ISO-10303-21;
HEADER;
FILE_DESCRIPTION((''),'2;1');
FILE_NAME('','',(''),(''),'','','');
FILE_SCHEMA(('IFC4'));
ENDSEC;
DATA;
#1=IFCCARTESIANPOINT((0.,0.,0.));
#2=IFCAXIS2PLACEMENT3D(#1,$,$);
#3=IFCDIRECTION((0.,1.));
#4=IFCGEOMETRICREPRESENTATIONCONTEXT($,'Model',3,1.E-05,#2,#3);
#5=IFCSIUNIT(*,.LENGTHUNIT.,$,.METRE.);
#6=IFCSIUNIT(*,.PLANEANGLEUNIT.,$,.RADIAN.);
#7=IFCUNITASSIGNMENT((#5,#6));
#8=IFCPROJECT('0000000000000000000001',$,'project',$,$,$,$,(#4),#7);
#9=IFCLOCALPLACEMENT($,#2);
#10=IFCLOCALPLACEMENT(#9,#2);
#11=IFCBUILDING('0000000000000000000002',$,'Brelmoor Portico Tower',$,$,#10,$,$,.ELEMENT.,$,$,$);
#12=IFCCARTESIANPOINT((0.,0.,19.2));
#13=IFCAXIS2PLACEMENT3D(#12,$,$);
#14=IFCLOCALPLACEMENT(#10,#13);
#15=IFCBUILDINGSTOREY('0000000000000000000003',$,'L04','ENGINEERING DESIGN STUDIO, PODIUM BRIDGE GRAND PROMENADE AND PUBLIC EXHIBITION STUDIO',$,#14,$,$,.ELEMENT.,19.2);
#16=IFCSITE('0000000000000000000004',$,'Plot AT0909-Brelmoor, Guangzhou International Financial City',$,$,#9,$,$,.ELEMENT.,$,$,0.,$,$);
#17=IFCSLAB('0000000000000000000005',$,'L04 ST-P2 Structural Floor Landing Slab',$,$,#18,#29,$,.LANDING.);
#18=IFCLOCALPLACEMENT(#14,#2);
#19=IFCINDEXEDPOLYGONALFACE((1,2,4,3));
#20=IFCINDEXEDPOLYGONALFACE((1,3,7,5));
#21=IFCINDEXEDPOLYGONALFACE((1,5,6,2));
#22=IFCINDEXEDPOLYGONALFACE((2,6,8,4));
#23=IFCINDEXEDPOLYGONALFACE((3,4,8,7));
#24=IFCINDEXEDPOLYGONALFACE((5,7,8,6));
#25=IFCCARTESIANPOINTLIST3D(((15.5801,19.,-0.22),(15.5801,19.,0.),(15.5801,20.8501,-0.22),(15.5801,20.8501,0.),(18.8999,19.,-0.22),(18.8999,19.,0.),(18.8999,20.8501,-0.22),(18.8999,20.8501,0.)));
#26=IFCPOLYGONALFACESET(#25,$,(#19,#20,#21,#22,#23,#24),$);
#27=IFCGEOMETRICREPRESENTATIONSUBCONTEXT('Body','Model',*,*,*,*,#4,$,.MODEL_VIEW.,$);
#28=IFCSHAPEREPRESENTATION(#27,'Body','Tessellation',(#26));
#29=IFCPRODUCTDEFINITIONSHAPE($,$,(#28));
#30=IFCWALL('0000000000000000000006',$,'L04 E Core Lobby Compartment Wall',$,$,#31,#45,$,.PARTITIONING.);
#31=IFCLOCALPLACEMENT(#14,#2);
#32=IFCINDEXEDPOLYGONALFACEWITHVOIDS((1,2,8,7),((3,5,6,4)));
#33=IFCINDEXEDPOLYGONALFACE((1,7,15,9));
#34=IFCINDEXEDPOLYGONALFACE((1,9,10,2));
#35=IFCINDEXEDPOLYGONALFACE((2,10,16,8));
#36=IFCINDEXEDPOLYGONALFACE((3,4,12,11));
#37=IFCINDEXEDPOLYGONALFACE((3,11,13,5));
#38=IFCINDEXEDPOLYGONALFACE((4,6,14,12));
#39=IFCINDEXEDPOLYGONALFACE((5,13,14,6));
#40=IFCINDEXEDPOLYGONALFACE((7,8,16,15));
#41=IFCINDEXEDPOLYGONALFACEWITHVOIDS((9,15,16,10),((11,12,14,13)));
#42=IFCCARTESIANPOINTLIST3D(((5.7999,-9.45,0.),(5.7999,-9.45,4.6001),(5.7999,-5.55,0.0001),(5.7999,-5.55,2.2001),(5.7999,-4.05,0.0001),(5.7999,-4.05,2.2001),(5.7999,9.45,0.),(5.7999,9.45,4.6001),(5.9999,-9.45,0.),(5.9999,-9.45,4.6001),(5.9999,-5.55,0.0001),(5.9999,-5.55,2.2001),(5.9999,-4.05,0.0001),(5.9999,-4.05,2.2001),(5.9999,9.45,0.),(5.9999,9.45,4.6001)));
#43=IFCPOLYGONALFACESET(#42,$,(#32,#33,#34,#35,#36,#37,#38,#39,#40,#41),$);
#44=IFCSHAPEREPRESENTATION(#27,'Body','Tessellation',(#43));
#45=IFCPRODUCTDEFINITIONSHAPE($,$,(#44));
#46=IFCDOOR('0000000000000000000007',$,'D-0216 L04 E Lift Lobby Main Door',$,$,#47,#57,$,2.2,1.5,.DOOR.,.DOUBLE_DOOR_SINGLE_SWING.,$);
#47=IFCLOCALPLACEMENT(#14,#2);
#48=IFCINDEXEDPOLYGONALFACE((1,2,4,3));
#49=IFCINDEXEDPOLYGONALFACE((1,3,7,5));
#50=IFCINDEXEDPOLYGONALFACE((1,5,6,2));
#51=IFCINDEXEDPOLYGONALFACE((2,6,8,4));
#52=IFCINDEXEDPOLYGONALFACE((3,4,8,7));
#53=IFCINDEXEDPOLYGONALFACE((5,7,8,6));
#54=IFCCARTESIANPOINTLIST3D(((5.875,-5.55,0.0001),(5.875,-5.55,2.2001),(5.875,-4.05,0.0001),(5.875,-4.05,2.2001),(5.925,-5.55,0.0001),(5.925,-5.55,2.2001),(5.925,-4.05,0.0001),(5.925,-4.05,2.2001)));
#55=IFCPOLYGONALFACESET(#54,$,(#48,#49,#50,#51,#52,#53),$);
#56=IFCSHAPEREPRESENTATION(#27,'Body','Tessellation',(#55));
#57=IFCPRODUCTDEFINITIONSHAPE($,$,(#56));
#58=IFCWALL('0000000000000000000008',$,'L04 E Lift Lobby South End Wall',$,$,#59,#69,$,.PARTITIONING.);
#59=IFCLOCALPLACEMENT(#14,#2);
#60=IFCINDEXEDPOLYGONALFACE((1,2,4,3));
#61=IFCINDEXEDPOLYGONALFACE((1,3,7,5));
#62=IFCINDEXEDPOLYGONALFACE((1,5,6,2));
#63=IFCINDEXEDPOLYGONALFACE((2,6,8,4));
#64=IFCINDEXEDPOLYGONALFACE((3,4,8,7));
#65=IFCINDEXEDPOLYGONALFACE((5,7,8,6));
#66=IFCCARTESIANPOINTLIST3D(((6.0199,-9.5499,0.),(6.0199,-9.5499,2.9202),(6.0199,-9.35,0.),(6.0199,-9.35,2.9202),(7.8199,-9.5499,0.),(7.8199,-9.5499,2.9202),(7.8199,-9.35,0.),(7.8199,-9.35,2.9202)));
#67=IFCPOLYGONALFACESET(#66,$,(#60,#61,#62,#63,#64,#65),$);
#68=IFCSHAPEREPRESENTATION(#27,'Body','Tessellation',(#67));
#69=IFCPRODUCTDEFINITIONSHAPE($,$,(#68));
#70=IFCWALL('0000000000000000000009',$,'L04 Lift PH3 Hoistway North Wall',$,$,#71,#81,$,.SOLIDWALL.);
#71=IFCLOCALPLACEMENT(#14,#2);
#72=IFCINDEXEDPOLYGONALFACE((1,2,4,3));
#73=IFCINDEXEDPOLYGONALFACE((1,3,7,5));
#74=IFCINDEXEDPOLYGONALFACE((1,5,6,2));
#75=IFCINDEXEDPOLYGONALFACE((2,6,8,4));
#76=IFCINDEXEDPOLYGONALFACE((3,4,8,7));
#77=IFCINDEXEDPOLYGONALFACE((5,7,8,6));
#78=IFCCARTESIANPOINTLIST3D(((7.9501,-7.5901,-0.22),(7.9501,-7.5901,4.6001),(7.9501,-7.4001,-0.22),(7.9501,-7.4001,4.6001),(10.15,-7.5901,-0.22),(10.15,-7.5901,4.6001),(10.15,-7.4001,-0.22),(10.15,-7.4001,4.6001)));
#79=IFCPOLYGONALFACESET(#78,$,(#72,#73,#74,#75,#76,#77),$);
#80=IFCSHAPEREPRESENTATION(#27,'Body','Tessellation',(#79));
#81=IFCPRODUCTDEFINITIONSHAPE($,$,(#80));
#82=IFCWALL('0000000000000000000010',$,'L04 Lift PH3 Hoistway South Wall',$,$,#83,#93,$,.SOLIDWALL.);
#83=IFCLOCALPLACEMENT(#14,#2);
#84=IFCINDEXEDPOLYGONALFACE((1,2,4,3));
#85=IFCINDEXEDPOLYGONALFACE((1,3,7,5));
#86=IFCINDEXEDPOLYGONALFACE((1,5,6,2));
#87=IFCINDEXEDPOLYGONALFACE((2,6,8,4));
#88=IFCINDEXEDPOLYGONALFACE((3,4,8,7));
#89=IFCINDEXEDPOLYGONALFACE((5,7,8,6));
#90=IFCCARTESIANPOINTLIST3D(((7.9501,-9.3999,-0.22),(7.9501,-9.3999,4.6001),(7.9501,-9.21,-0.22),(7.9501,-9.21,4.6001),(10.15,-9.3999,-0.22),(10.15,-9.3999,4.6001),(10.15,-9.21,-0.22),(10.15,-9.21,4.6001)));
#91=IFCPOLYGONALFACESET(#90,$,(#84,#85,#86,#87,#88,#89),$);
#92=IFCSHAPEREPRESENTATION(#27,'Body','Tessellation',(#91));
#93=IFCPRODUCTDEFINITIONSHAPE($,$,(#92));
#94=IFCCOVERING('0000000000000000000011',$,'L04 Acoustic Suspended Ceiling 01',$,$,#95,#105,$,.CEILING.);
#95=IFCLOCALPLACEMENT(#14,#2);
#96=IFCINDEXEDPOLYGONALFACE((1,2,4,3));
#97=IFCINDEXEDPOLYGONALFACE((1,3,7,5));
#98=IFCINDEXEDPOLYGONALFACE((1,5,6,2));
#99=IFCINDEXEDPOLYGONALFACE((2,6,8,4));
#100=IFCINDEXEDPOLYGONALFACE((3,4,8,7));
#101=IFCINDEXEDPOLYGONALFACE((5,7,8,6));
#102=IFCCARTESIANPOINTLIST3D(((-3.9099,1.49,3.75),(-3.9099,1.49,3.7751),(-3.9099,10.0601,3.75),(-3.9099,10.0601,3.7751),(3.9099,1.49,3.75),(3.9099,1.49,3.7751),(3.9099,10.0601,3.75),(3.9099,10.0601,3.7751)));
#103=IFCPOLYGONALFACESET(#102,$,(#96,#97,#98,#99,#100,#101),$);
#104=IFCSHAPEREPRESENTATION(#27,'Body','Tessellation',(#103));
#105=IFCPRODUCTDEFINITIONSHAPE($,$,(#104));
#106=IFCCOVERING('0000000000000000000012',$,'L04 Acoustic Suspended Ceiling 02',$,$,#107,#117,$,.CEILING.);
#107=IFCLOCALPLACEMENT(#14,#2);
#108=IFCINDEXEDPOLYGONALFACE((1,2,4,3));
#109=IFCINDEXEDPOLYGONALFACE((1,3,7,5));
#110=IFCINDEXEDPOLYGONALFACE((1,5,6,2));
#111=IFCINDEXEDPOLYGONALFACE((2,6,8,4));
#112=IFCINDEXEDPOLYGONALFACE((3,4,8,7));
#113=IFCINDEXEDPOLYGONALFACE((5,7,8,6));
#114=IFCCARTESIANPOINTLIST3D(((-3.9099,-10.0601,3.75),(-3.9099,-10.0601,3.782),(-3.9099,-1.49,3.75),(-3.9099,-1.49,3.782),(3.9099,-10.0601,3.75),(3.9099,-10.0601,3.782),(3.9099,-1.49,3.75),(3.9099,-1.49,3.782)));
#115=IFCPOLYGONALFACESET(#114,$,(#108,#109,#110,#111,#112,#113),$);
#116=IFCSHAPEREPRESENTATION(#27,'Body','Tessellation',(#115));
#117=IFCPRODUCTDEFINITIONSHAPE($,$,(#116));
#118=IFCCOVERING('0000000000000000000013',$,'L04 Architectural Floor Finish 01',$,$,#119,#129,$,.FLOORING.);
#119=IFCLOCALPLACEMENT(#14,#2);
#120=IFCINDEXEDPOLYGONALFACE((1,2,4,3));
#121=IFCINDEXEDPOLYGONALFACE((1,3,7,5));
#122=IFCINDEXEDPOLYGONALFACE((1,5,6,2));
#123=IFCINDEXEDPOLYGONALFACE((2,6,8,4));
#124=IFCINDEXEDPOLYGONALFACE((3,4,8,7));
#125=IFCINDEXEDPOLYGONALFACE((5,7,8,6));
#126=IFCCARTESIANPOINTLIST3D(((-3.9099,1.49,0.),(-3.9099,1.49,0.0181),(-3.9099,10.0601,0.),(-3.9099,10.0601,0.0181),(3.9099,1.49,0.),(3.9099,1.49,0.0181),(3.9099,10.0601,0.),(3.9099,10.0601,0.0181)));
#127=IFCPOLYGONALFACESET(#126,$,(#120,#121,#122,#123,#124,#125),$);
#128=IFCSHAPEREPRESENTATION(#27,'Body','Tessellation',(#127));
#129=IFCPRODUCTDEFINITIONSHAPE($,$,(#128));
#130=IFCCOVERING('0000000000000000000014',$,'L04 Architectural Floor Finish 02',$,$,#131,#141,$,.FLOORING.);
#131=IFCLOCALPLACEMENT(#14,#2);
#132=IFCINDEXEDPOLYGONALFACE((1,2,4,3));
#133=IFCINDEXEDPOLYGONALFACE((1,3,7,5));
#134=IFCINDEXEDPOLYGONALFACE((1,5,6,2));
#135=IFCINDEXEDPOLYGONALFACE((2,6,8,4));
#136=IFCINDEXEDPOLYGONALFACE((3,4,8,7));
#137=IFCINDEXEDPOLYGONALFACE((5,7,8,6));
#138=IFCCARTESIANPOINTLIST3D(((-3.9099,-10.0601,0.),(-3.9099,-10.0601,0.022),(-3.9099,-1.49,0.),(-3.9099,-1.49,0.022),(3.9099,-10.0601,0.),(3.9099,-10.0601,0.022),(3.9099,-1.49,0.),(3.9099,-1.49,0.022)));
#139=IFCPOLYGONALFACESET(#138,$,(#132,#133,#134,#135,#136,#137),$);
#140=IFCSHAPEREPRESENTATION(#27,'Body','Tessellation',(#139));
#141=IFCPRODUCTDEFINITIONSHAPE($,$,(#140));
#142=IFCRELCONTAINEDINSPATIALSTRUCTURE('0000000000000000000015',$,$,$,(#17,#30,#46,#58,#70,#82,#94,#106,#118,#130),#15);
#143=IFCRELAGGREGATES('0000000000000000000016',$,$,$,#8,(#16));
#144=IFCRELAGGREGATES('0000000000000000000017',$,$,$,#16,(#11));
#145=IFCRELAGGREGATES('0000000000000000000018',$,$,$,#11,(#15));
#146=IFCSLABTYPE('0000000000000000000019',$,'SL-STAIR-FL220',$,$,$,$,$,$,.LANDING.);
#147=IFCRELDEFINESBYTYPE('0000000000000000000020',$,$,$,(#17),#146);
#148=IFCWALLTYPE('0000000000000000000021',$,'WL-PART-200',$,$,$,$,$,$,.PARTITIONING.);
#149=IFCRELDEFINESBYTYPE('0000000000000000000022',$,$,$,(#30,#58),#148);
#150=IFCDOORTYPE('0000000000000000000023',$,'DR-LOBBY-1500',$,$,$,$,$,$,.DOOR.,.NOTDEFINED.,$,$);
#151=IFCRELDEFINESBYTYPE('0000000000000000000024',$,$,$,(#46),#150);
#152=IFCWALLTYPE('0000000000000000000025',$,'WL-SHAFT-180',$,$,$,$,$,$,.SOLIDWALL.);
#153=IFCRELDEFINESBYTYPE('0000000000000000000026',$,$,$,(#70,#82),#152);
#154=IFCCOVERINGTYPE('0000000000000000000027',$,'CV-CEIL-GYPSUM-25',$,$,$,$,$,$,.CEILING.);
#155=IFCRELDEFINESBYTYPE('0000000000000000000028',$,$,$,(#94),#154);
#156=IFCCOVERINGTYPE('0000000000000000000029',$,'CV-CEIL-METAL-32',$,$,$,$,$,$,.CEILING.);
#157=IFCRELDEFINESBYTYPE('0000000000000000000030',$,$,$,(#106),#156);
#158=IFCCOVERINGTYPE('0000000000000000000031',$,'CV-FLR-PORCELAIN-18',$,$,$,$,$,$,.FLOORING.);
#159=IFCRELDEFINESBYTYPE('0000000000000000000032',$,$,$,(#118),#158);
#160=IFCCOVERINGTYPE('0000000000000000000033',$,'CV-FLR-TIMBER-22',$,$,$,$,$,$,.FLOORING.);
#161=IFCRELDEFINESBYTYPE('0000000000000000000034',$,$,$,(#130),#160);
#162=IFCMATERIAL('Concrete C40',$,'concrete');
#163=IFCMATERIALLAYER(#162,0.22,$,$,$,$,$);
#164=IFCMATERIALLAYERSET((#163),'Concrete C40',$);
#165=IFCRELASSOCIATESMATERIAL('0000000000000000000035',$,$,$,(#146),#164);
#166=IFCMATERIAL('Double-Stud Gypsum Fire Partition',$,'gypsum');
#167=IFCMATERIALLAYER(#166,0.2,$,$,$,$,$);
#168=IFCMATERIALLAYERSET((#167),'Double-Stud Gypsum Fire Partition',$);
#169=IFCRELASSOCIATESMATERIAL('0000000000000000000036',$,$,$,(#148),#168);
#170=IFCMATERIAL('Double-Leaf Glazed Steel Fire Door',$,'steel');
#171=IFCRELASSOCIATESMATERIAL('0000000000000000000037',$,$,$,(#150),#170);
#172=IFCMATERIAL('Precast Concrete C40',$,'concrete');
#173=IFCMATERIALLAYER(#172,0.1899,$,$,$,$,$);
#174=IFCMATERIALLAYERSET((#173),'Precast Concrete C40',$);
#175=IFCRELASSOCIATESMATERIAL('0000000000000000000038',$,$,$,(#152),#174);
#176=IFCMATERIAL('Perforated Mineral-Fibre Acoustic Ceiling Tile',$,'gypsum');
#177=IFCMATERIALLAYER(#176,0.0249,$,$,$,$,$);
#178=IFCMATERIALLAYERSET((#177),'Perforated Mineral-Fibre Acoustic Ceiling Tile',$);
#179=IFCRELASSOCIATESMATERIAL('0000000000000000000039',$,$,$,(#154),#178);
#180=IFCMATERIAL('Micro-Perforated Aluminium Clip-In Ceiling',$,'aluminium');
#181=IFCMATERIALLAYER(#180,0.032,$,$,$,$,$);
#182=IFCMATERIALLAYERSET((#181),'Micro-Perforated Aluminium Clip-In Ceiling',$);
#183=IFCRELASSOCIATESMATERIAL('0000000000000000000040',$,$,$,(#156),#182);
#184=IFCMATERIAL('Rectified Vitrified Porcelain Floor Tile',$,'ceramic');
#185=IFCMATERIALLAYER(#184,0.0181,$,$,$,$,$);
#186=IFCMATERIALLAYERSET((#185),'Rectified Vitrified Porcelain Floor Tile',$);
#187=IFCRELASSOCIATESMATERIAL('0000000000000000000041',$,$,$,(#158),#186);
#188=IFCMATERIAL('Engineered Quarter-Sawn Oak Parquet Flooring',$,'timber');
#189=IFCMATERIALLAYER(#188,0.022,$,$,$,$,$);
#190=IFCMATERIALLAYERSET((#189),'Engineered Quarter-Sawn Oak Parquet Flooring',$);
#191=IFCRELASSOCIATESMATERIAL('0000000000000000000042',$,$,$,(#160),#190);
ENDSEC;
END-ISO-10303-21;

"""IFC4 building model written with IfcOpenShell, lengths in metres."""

from ifc_helpers import new_model, si_unit, direction, frame, frame_2d, origin, place, context, subcontext, project, spatial, polyline, rectangle, outline, extrude, material, layer, layer_set, type_object, element, fill, save


model = new_model("IFC4")

# Units and contexts
model_context = context("Model", 3, precision=1e-05, world=origin(), true_north=direction((0.0, 1.0)))
body_context = subcontext(model_context, "Body", "Model", "MODEL_VIEW")
ifc_project = project(units=[si_unit("LENGTHUNIT", "METRE"), si_unit("PLANEANGLEUNIT", "RADIAN")], contexts=[model_context])

# Site, building, storey
site_placement = place(None, origin())
site = spatial("IfcSite", under=ifc_project, at=site_placement, Name="Plot AT0909-Brelmoor, Guangzhou International Financial City", CompositionType="ELEMENT", RefElevation=0.0)
building_placement = place(site_placement, origin())
building = spatial("IfcBuilding", under=site, at=building_placement, Name="Brelmoor Portico Tower", CompositionType="ELEMENT")
storey_placement = place(building_placement, frame((0.0, 0.0, 19.2)))
storey = spatial("IfcBuildingStorey", under=building, at=storey_placement, Name="L04", Description="ENGINEERING DESIGN STUDIO, PODIUM BRIDGE GRAND PROMENADE AND PUBLIC EXHIBITION STUDIO", CompositionType="ELEMENT", Elevation=19.2)

# Shared definitions
ifc_material_1 = material(Name="Concrete C40", Category="concrete")

# Slab
ifc_layer_1 = layer(ifc_material_1, 0.22)
ifc_layer_set_1 = layer_set([ifc_layer_1], Name="Concrete C40")
slab_type_1 = type_object("IfcSlabType", Name="SL-STAIR-FL220", PredefinedType="LANDING", material=ifc_layer_set_1)
slab_1_placement = place(storey_placement, frame((0.0, 0.0, -0.22)))
element("IfcSlab", 1, at=slab_1_placement, inside=storey, type_object=slab_type_1, Name="L04 ST-P2 Structural Floor Landing Slab", PredefinedType="LANDING", context=body_context, shape_type="SweptSolid", body=[
    extrude(outline(polyline([(18.8999, 19.0), (18.8999, 20.8501), (15.5801, 20.8501), (15.5801, 19.0), (18.8999, 19.0)])), origin(), (0.0, 0.0, 1.0), 0.22),
])

# Wall, opening, door
ifc_material_2 = material(Name="Double-Stud Gypsum Fire Partition", Category="gypsum")
ifc_layer_2 = layer(ifc_material_2, 0.2)
ifc_layer_set_2 = layer_set([ifc_layer_2], Name="Double-Stud Gypsum Fire Partition")
wall_type_1 = type_object("IfcWallType", Name="WL-PART-200", PredefinedType="PARTITIONING", material=ifc_layer_set_2)
wall_1_placement = place(storey_placement, frame((5.8999, -9.45, 0.0), z_axis=(0.0, 0.0, 1.0), x_axis=(0.0, 1.0, 0.0)))
wall_1 = element("IfcWall", 2, at=wall_1_placement, inside=storey, type_object=wall_type_1, Name="L04 E Core Lobby Compartment Wall", PredefinedType="PARTITIONING", context=body_context, shape_type="SweptSolid", body=[
    extrude(rectangle(XDim=18.8999, YDim=0.2, at=frame_2d((9.45, 0.0))), origin(), (0.0, 0.0, 1.0), 4.6001),
])
opening_placement = place(wall_1_placement, frame((3.8999, 0.0, 0.0)))
opening = element("IfcOpeningElement", 3, at=opening_placement, cuts=wall_1, PredefinedType="OPENING", context=body_context, shape_type="SweptSolid", body=[
    extrude(rectangle(XDim=1.5, YDim=2.2, at=frame_2d((0.75, 1.1001))), frame((0.0, 0.1099, 0.0), z_axis=(0.0, -1.0, 0.0), x_axis=(1.0, 0.0, 0.0)), (0.0, 0.0, 1.0), 0.22),
])
ifc_material_3 = material(Name="Double-Leaf Glazed Steel Fire Door", Category="steel")
door_type = type_object("IfcDoorType", Name="DR-LOBBY-1500", OperationType="NOTDEFINED", PredefinedType="DOOR", material=ifc_material_3)
door_placement = place(opening_placement, origin())
door = element("IfcDoor", 4, at=door_placement, inside=storey, type_object=door_type, Name="D-0216 L04 E Lift Lobby Main Door", OperationType="DOUBLE_DOOR_SINGLE_SWING", OverallHeight=2.2, OverallWidth=1.5, PredefinedType="DOOR", context=body_context, shape_type="SweptSolid", body=[
    extrude(rectangle(XDim=1.5, YDim=2.2, at=frame_2d((0.75, 1.1001))), frame((0.0, 0.0249, 0.0), z_axis=(0.0, -1.0, 0.0), x_axis=(1.0, 0.0, 0.0)), (0.0, 0.0, 1.0), 0.05),
])
fill(opening, door)

# Walls
wall_2_placement = place(storey_placement, frame((6.02, -9.45, 0.0), z_axis=(0.0, 0.0, 1.0), x_axis=(1.0, 0.0, 0.0)))
element("IfcWall", 5, at=wall_2_placement, inside=storey, type_object=wall_type_1, Name="L04 E Lift Lobby South End Wall", PredefinedType="PARTITIONING", context=body_context, shape_type="SweptSolid", body=[
    extrude(rectangle(XDim=1.8, YDim=0.2, at=frame_2d((0.8999, 0.0))), origin(), (0.0, 0.0, 1.0), 2.9202),
])
ifc_material_4 = material(Name="Precast Concrete C40", Category="concrete")
ifc_layer_3 = layer(ifc_material_4, 0.1899)
ifc_layer_set_3 = layer_set([ifc_layer_3], Name="Precast Concrete C40")
wall_type_2 = type_object("IfcWallType", Name="WL-SHAFT-180", PredefinedType="SOLIDWALL", material=ifc_layer_set_3)
for number, where, z_axis, x_axis, name in (
    (6, (7.95, -7.4951, -0.22), (0.0, 0.0, 1.0), (1.0, 0.0, 0.0), "L04 Lift PH3 Hoistway North Wall"),
    (7, (7.95, -9.3049, -0.22), (0.0, 0.0, 1.0), (1.0, 0.0, 0.0), "L04 Lift PH3 Hoistway South Wall"),
):
    element("IfcWall", number, at=place(storey_placement, frame(where, z_axis=z_axis, x_axis=x_axis)), inside=storey, type_object=wall_type_2, Name=name, PredefinedType="SOLIDWALL", context=body_context, shape_type="SweptSolid", body=[
        extrude(rectangle(XDim=2.2, YDim=0.1899, at=frame_2d((1.1001, 0.0))), origin(), (0.0, 0.0, 1.0), 4.8201),
    ])

# Coverings
ifc_material_5 = material(Name="Perforated Mineral-Fibre Acoustic Ceiling Tile", Category="gypsum")
ifc_layer_4 = layer(ifc_material_5, 0.0249)
ifc_layer_set_4 = layer_set([ifc_layer_4], Name="Perforated Mineral-Fibre Acoustic Ceiling Tile")
covering_type_1 = type_object("IfcCoveringType", Name="CV-CEIL-GYPSUM-25", PredefinedType="CEILING", material=ifc_layer_set_4)
covering_1_placement = place(storey_placement, frame((0.0, 0.0, 3.75)))
element("IfcCovering", 8, at=covering_1_placement, inside=storey, type_object=covering_type_1, Name="L04 Acoustic Suspended Ceiling 01", PredefinedType="CEILING", context=body_context, shape_type="SweptSolid", body=[
    extrude(outline(polyline([(-3.9099, 1.49), (-3.9099, 10.0601), (3.9099, 10.0601), (3.9099, 1.49), (-3.9099, 1.49)])), origin(), (0.0, 0.0, 1.0), 0.0251),
])
ifc_material_6 = material(Name="Micro-Perforated Aluminium Clip-In Ceiling", Category="aluminium")
ifc_layer_5 = layer(ifc_material_6, 0.032)
ifc_layer_set_5 = layer_set([ifc_layer_5], Name="Micro-Perforated Aluminium Clip-In Ceiling")
covering_type_2 = type_object("IfcCoveringType", Name="CV-CEIL-METAL-32", PredefinedType="CEILING", material=ifc_layer_set_5)
covering_2_placement = place(storey_placement, frame((0.0, 0.0, 3.75)))
element("IfcCovering", 9, at=covering_2_placement, inside=storey, type_object=covering_type_2, Name="L04 Acoustic Suspended Ceiling 02", PredefinedType="CEILING", context=body_context, shape_type="SweptSolid", body=[
    extrude(outline(polyline([(-3.9099, -10.0601), (-3.9099, -1.49), (3.9099, -1.49), (3.9099, -10.0601), (-3.9099, -10.0601)])), origin(), (0.0, 0.0, 1.0), 0.032),
])
ifc_material_7 = material(Name="Rectified Vitrified Porcelain Floor Tile", Category="ceramic")
ifc_layer_6 = layer(ifc_material_7, 0.0181)
ifc_layer_set_6 = layer_set([ifc_layer_6], Name="Rectified Vitrified Porcelain Floor Tile")
covering_type_3 = type_object("IfcCoveringType", Name="CV-FLR-PORCELAIN-18", PredefinedType="FLOORING", material=ifc_layer_set_6)
covering_3_placement = place(storey_placement, origin())
element("IfcCovering", 10, at=covering_3_placement, inside=storey, type_object=covering_type_3, Name="L04 Architectural Floor Finish 01", PredefinedType="FLOORING", context=body_context, shape_type="SweptSolid", body=[
    extrude(outline(polyline([(-3.9099, 1.49), (-3.9099, 10.0601), (3.9099, 10.0601), (3.9099, 1.49), (-3.9099, 1.49)])), origin(), (0.0, 0.0, 1.0), 0.0181),
])
ifc_material_8 = material(Name="Engineered Quarter-Sawn Oak Parquet Flooring", Category="timber")
ifc_layer_7 = layer(ifc_material_8, 0.022)
ifc_layer_set_7 = layer_set([ifc_layer_7], Name="Engineered Quarter-Sawn Oak Parquet Flooring")
covering_type_4 = type_object("IfcCoveringType", Name="CV-FLR-TIMBER-22", PredefinedType="FLOORING", material=ifc_layer_set_7)
covering_4_placement = place(storey_placement, origin())
element("IfcCovering", 11, at=covering_4_placement, inside=storey, type_object=covering_type_4, Name="L04 Architectural Floor Finish 02", PredefinedType="FLOORING", context=body_context, shape_type="SweptSolid", body=[
    extrude(outline(polyline([(-3.9099, -10.0601), (-3.9099, -1.49), (3.9099, -1.49), (3.9099, -10.0601), (-3.9099, -10.0601)])), origin(), (0.0, 0.0, 1.0), 0.022),
])

save(model, "model.ifc")
